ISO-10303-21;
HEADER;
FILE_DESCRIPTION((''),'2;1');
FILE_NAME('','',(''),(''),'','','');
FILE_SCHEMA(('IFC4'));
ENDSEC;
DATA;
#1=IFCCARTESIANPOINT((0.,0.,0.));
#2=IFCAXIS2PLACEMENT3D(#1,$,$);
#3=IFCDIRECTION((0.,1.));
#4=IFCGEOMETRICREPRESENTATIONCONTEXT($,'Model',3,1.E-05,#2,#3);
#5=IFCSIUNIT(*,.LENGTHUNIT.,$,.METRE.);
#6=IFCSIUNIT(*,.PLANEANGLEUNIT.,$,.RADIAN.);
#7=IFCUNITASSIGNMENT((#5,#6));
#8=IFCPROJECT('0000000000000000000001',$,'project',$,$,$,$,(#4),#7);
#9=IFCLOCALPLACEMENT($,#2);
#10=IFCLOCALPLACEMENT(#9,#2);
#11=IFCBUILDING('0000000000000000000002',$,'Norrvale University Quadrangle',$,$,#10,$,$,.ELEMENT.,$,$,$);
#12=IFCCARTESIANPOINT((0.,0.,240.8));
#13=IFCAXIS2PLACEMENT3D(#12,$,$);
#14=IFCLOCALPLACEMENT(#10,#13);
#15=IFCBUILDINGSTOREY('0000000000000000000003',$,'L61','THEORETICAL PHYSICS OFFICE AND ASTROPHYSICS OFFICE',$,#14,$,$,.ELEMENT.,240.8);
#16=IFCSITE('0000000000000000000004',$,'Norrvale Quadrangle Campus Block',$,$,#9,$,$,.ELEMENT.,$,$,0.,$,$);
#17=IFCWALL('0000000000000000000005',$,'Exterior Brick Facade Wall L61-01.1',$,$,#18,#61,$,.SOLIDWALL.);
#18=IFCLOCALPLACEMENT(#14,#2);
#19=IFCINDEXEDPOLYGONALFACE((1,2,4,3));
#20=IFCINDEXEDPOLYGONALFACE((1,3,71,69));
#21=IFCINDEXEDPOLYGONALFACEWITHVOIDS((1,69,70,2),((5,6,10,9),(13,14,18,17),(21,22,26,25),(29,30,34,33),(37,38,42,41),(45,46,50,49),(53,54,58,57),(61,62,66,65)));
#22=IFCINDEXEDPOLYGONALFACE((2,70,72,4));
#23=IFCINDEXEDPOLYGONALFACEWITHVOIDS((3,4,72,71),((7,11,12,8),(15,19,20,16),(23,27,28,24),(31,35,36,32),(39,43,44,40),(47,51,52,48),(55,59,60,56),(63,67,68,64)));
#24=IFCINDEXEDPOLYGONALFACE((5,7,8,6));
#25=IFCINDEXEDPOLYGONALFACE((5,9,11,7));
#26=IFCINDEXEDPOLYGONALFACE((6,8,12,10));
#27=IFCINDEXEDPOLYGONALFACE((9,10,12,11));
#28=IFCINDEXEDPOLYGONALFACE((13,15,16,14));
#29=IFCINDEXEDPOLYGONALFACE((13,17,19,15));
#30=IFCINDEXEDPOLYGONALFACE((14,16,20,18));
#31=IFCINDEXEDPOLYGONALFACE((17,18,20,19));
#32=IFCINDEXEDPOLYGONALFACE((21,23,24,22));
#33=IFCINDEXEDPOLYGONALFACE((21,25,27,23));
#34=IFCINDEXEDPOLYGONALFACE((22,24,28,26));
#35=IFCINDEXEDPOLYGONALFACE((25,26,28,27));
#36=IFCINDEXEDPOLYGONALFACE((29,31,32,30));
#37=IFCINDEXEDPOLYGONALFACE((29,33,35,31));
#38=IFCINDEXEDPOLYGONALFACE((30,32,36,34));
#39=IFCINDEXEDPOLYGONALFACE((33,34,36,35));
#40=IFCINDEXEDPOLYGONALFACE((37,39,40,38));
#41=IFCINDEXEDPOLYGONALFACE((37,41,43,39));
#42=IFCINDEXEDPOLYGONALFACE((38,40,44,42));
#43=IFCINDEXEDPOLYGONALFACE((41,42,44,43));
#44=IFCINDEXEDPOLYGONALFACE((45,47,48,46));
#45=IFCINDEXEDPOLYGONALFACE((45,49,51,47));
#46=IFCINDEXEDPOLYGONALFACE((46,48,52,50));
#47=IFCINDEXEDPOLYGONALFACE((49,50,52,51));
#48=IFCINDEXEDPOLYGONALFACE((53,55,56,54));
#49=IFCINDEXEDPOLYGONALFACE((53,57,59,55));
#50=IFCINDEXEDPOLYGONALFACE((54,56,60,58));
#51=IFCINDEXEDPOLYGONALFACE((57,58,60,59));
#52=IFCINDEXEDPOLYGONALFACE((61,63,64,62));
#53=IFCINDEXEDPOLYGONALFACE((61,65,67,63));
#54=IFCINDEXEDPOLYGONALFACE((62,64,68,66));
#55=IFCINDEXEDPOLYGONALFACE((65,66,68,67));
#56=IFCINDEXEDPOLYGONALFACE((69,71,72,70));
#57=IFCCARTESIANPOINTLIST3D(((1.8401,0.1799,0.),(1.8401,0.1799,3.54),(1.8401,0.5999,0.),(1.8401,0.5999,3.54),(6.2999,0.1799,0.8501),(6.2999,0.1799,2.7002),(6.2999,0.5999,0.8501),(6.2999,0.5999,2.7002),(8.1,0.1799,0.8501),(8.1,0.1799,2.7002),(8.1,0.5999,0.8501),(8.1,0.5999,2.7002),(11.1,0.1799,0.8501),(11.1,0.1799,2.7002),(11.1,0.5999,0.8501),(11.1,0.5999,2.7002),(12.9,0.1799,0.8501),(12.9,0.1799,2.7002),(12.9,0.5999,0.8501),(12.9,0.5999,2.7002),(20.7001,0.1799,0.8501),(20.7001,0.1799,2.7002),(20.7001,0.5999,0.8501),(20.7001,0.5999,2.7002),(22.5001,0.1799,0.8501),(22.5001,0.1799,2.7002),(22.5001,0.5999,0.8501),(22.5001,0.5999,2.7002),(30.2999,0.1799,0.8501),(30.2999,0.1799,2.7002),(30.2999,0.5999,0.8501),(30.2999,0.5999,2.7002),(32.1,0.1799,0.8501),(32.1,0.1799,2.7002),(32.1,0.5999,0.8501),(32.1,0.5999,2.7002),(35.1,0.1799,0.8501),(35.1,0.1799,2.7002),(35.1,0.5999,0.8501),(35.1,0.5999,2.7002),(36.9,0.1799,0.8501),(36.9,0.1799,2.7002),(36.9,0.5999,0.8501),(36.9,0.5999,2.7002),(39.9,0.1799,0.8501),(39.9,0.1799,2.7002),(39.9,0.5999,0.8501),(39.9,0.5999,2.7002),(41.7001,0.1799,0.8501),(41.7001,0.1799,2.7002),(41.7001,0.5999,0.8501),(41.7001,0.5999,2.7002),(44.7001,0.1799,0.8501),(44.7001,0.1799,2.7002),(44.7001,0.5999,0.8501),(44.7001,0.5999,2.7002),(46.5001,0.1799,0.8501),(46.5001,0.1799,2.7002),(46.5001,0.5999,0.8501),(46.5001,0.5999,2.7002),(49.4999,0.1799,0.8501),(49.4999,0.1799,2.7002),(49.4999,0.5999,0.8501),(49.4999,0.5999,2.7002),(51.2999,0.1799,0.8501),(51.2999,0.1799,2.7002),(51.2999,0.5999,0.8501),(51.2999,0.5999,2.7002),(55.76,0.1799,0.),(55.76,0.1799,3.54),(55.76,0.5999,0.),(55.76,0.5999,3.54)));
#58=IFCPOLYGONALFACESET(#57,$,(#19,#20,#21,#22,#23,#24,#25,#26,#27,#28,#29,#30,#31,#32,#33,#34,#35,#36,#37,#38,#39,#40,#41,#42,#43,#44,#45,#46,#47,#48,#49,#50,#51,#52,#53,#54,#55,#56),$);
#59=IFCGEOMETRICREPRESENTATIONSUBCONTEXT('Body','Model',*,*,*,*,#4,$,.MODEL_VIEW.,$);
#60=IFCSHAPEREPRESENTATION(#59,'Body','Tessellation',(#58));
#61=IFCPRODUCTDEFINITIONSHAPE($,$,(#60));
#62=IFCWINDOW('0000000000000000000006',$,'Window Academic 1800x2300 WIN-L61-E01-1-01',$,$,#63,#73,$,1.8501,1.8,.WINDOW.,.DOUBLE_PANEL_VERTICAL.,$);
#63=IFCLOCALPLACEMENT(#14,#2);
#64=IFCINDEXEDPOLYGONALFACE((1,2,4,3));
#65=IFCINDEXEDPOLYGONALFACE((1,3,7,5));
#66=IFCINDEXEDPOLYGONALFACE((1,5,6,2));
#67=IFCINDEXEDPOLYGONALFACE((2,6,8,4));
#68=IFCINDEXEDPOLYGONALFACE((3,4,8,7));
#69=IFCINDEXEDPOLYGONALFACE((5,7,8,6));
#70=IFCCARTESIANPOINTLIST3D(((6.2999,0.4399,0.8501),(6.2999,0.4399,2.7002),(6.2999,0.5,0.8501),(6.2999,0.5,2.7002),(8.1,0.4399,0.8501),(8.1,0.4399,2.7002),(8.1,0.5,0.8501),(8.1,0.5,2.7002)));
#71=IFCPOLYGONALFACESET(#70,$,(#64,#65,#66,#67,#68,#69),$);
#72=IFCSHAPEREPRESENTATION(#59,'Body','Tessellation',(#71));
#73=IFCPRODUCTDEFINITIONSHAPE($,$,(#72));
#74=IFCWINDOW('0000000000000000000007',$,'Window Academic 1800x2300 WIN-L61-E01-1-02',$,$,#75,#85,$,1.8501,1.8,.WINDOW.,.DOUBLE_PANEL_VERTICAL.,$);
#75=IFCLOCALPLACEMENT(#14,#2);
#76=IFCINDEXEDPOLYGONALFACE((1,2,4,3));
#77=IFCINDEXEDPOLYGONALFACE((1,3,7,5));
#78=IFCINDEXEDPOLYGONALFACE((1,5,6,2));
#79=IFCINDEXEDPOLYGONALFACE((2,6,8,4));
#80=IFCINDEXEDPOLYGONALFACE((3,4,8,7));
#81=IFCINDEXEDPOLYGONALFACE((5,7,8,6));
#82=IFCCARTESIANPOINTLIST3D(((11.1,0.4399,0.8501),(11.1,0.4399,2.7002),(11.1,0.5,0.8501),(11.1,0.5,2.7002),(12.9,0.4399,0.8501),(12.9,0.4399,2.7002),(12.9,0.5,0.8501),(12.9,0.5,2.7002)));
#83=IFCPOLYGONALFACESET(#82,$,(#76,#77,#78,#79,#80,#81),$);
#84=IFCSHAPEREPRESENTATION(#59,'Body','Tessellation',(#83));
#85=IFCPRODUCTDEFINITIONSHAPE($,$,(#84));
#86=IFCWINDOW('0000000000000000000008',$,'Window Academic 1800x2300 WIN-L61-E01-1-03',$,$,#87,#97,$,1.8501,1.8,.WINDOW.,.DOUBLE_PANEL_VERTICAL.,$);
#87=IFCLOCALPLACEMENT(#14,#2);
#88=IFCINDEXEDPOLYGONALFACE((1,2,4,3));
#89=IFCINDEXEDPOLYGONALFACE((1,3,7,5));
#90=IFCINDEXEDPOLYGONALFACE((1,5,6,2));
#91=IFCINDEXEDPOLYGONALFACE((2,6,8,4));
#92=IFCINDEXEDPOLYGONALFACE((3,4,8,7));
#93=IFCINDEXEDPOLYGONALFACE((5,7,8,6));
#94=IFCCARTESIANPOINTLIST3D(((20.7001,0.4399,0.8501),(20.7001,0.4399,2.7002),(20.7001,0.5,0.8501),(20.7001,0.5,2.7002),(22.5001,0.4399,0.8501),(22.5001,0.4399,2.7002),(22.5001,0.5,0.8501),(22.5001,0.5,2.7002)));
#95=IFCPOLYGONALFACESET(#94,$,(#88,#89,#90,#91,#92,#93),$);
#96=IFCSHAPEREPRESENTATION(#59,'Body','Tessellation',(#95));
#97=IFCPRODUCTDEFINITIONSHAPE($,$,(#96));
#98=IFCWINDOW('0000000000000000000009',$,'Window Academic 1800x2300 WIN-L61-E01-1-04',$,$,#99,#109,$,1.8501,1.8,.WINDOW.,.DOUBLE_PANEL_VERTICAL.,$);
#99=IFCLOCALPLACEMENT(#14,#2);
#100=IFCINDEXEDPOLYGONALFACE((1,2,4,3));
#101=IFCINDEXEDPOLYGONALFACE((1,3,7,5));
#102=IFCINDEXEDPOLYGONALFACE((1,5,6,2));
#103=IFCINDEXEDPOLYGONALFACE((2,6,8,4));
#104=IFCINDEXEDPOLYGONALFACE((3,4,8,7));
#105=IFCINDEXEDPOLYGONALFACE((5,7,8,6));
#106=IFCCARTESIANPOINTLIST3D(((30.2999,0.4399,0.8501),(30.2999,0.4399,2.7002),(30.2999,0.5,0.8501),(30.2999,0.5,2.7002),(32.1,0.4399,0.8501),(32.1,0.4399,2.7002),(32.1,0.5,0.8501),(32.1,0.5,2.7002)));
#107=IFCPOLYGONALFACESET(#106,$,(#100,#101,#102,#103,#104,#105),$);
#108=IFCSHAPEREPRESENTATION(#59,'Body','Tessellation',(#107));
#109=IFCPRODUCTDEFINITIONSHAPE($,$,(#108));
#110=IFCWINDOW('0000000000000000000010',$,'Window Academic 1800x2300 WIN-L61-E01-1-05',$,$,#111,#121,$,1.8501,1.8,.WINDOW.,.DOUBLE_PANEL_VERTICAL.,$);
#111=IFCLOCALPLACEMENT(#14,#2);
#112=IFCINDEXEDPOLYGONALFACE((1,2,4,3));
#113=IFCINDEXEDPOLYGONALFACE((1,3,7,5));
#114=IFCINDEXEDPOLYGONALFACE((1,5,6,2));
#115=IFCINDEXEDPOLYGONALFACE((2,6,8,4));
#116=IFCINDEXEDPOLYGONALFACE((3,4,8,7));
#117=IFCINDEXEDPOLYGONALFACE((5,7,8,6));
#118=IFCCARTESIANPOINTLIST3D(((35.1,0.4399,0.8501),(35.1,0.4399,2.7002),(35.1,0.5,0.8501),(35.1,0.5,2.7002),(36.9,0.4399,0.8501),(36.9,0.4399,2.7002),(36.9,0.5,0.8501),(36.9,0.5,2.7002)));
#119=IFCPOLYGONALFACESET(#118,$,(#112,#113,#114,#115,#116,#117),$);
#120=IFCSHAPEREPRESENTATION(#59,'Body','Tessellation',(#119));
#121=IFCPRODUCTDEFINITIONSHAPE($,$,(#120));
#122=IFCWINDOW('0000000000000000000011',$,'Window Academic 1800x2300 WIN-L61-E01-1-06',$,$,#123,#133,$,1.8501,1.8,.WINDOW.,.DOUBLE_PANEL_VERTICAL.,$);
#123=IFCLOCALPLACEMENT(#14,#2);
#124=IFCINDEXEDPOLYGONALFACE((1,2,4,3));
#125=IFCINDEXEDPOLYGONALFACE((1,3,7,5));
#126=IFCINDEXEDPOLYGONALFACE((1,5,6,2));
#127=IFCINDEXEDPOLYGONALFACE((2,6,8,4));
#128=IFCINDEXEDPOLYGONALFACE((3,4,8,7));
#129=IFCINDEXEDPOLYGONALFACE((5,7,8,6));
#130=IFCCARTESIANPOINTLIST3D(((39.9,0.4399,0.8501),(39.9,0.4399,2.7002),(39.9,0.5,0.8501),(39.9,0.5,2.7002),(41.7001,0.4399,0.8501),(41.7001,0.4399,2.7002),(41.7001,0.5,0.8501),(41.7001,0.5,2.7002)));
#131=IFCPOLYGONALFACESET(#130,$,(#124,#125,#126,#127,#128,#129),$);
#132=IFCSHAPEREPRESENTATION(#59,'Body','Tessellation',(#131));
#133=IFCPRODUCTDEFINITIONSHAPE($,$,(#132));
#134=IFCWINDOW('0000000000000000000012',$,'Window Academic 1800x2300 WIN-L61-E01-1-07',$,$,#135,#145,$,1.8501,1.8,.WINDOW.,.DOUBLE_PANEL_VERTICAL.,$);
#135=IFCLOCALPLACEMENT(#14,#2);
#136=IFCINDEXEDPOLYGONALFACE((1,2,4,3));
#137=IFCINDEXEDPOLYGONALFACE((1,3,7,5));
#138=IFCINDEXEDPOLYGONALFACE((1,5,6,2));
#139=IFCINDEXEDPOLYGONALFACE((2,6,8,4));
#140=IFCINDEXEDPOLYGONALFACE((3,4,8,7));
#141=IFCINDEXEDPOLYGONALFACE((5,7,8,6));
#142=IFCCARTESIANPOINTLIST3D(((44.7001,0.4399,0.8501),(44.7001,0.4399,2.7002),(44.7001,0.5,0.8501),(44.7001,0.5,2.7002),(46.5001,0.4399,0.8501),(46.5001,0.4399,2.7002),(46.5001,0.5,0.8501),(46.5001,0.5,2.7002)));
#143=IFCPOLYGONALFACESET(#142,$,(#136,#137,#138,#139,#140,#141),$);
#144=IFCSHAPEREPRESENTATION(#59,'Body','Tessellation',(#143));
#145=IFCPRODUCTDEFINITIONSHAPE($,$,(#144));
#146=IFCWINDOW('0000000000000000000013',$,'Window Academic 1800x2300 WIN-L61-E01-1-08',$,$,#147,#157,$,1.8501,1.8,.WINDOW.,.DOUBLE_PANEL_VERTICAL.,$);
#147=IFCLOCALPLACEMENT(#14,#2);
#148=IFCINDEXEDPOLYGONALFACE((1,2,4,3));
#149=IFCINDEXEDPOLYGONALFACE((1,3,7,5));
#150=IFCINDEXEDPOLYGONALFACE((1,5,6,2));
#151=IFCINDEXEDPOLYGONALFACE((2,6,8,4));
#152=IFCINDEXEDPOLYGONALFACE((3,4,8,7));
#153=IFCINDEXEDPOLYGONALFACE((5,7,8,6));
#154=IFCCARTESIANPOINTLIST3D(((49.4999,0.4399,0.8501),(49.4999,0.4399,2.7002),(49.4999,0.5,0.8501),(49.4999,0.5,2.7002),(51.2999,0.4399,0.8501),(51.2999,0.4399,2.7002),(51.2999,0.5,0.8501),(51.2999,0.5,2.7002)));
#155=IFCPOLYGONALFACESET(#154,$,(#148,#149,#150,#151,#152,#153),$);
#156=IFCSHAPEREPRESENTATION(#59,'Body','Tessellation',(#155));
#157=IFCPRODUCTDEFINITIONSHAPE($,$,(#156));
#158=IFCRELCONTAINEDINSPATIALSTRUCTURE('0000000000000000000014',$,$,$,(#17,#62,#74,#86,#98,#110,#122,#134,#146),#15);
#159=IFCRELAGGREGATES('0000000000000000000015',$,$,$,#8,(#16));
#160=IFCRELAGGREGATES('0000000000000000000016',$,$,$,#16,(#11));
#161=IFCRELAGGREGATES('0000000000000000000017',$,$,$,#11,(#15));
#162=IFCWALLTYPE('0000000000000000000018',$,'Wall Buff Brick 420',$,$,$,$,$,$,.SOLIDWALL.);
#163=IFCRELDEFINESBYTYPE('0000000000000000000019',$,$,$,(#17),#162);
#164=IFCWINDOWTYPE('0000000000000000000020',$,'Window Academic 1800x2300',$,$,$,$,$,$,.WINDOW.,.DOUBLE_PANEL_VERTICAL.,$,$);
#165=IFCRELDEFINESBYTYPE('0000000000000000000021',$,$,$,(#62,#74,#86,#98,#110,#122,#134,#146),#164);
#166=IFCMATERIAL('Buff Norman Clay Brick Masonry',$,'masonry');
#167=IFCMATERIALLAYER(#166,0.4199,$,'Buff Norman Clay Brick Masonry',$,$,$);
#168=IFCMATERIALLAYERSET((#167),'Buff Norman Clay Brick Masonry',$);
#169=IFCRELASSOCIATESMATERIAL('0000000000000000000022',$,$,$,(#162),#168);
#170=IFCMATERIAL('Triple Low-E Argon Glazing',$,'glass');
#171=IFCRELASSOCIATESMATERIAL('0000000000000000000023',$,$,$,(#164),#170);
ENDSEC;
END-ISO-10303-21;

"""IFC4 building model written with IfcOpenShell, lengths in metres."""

from ifc_helpers import new_model, si_unit, direction, frame, frame_2d, origin, place, context, subcontext, project, spatial, rectangle, extrude, material, layer, layer_set, type_object, element, fill, save


model = new_model("IFC4")

# Units and contexts
model_context = context("Model", 3, precision=1e-05, world=origin(), true_north=direction((0.0, 1.0)))
body_context = subcontext(model_context, "Body", "Model", "MODEL_VIEW")
ifc_project = project(units=[si_unit("LENGTHUNIT", "METRE"), si_unit("PLANEANGLEUNIT", "RADIAN")], contexts=[model_context])

# Site, building, storey
site_placement = place(None, origin())
site = spatial("IfcSite", under=ifc_project, at=site_placement, Name="Norrvale Quadrangle Campus Block", CompositionType="ELEMENT", RefElevation=0.0)
building_placement = place(site_placement, origin())
building = spatial("IfcBuilding", under=site, at=building_placement, Name="Norrvale University Quadrangle", CompositionType="ELEMENT")
storey_placement = place(building_placement, frame((0.0, 0.0, 240.8)))
storey = spatial("IfcBuildingStorey", under=building, at=storey_placement, Name="L61", Description="THEORETICAL PHYSICS OFFICE AND ASTROPHYSICS OFFICE", CompositionType="ELEMENT", Elevation=240.8)

# Wall, openings, windows
ifc_material_1 = material(Name="Buff Norman Clay Brick Masonry", Category="masonry")
ifc_layer_1 = layer(ifc_material_1, 0.4199, Name="Buff Norman Clay Brick Masonry")
ifc_layer_set_1 = layer_set([ifc_layer_1], Name="Buff Norman Clay Brick Masonry")
wall_type_1 = type_object("IfcWallType", Name="Wall Buff Brick 420", PredefinedType="SOLIDWALL", material=ifc_layer_set_1)
wall_1_placement = place(storey_placement, frame((1.8401, 0.3899, 0.0), z_axis=(0.0, 0.0, 1.0), x_axis=(1.0, 0.0, 0.0)))
wall_1 = element("IfcWall", 1, at=wall_1_placement, inside=storey, type_object=wall_type_1, Name="Exterior Brick Facade Wall L61-01.1", PredefinedType="SOLIDWALL", context=body_context, shape_type="SweptSolid", body=[
    extrude(rectangle(XDim=53.9199, YDim=0.4199, at=frame_2d((26.96, 0.0))), origin(), (0.0, 0.0, 1.0), 3.54),
])
opening_1_placement = place(wall_1_placement, frame((4.46, 0.0, 0.8501)))
opening_1 = element("IfcOpeningElement", 2, at=opening_1_placement, cuts=wall_1, PredefinedType="OPENING", context=body_context, shape_type="SweptSolid", body=[
    extrude(rectangle(XDim=1.8, YDim=1.8501, at=frame_2d((0.8999, 0.925))), frame((0.0, 0.2219, 0.0), z_axis=(0.0, -1.0, 0.0), x_axis=(1.0, 0.0, 0.0)), (0.0, 0.0, 1.0), 0.4438),
])
opening_2_placement = place(wall_1_placement, frame((9.26, 0.0, 0.8501)))
opening_2 = element("IfcOpeningElement", 3, at=opening_2_placement, cuts=wall_1, PredefinedType="OPENING", context=body_context, shape_type="SweptSolid", body=[
    extrude(rectangle(XDim=1.8, YDim=1.8501, at=frame_2d((0.8999, 0.925))), frame((0.0, 0.2219, 0.0), z_axis=(0.0, -1.0, 0.0), x_axis=(1.0, 0.0, 0.0)), (0.0, 0.0, 1.0), 0.4438),
])
opening_3_placement = place(wall_1_placement, frame((18.8601, 0.0, 0.8501)))
opening_3 = element("IfcOpeningElement", 4, at=opening_3_placement, cuts=wall_1, PredefinedType="OPENING", context=body_context, shape_type="SweptSolid", body=[
    extrude(rectangle(XDim=1.8, YDim=1.8501, at=frame_2d((0.8999, 0.925))), frame((0.0, 0.2219, 0.0), z_axis=(0.0, -1.0, 0.0), x_axis=(1.0, 0.0, 0.0)), (0.0, 0.0, 1.0), 0.4438),
])
opening_4_placement = place(wall_1_placement, frame((28.46, 0.0, 0.8501)))
opening_4 = element("IfcOpeningElement", 5, at=opening_4_placement, cuts=wall_1, PredefinedType="OPENING", context=body_context, shape_type="SweptSolid", body=[
    extrude(rectangle(XDim=1.8, YDim=1.8501, at=frame_2d((0.8999, 0.925))), frame((0.0, 0.2219, 0.0), z_axis=(0.0, -1.0, 0.0), x_axis=(1.0, 0.0, 0.0)), (0.0, 0.0, 1.0), 0.4438),
])
opening_5_placement = place(wall_1_placement, frame((33.26, 0.0, 0.8501)))
opening_5 = element("IfcOpeningElement", 6, at=opening_5_placement, cuts=wall_1, PredefinedType="OPENING", context=body_context, shape_type="SweptSolid", body=[
    extrude(rectangle(XDim=1.8, YDim=1.8501, at=frame_2d((0.8999, 0.925))), frame((0.0, 0.2219, 0.0), z_axis=(0.0, -1.0, 0.0), x_axis=(1.0, 0.0, 0.0)), (0.0, 0.0, 1.0), 0.4438),
])
opening_6_placement = place(wall_1_placement, frame((38.0601, 0.0, 0.8501)))
opening_6 = element("IfcOpeningElement", 7, at=opening_6_placement, cuts=wall_1, PredefinedType="OPENING", context=body_context, shape_type="SweptSolid", body=[
    extrude(rectangle(XDim=1.8, YDim=1.8501, at=frame_2d((0.8999, 0.925))), frame((0.0, 0.2219, 0.0), z_axis=(0.0, -1.0, 0.0), x_axis=(1.0, 0.0, 0.0)), (0.0, 0.0, 1.0), 0.4438),
])
opening_7_placement = place(wall_1_placement, frame((42.8601, 0.0, 0.8501)))
opening_7 = element("IfcOpeningElement", 8, at=opening_7_placement, cuts=wall_1, PredefinedType="OPENING", context=body_context, shape_type="SweptSolid", body=[
    extrude(rectangle(XDim=1.8, YDim=1.8501, at=frame_2d((0.8999, 0.925))), frame((0.0, 0.2219, 0.0), z_axis=(0.0, -1.0, 0.0), x_axis=(1.0, 0.0, 0.0)), (0.0, 0.0, 1.0), 0.4438),
])
opening_8_placement = place(wall_1_placement, frame((47.6599, 0.0, 0.8501)))
opening_8 = element("IfcOpeningElement", 9, at=opening_8_placement, cuts=wall_1, PredefinedType="OPENING", context=body_context, shape_type="SweptSolid", body=[
    extrude(rectangle(XDim=1.8, YDim=1.8501, at=frame_2d((0.8999, 0.925))), frame((0.0, 0.2219, 0.0), z_axis=(0.0, -1.0, 0.0), x_axis=(1.0, 0.0, 0.0)), (0.0, 0.0, 1.0), 0.4438),
])
ifc_material_2 = material(Name="Triple Low-E Argon Glazing", Category="glass")
window_type = type_object("IfcWindowType", Name="Window Academic 1800x2300", PartitioningType="DOUBLE_PANEL_VERTICAL", PredefinedType="WINDOW", material=ifc_material_2)
window_1_placement = place(opening_1_placement, origin())
window_1 = element("IfcWindow", 10, at=window_1_placement, inside=storey, type_object=window_type, Name="Window Academic 1800x2300 WIN-L61-E01-1-01", OverallHeight=1.8501, OverallWidth=1.8, PartitioningType="DOUBLE_PANEL_VERTICAL", PredefinedType="WINDOW", context=body_context, shape_type="SweptSolid", body=[
    extrude(rectangle(XDim=1.8, YDim=1.8501, at=frame_2d((0.8999, 0.925))), frame((0.0, 0.1101, 0.0), z_axis=(0.0, -1.0, 0.0), x_axis=(1.0, 0.0, 0.0)), (0.0, 0.0, 1.0), 0.0601),
])
fill(opening_1, window_1)
window_2_placement = place(opening_2_placement, origin())
window_2 = element("IfcWindow", 11, at=window_2_placement, inside=storey, type_object=window_type, Name="Window Academic 1800x2300 WIN-L61-E01-1-02", OverallHeight=1.8501, OverallWidth=1.8, PartitioningType="DOUBLE_PANEL_VERTICAL", PredefinedType="WINDOW", context=body_context, shape_type="SweptSolid", body=[
    extrude(rectangle(XDim=1.8, YDim=1.8501, at=frame_2d((0.8999, 0.925))), frame((0.0, 0.1101, 0.0), z_axis=(0.0, -1.0, 0.0), x_axis=(1.0, 0.0, 0.0)), (0.0, 0.0, 1.0), 0.0601),
])
fill(opening_2, window_2)
window_3_placement = place(opening_3_placement, origin())
window_3 = element("IfcWindow", 12, at=window_3_placement, inside=storey, type_object=window_type, Name="Window Academic 1800x2300 WIN-L61-E01-1-03", OverallHeight=1.8501, OverallWidth=1.8, PartitioningType="DOUBLE_PANEL_VERTICAL", PredefinedType="WINDOW", context=body_context, shape_type="SweptSolid", body=[
    extrude(rectangle(XDim=1.8, YDim=1.8501, at=frame_2d((0.8999, 0.925))), frame((0.0, 0.1101, 0.0), z_axis=(0.0, -1.0, 0.0), x_axis=(1.0, 0.0, 0.0)), (0.0, 0.0, 1.0), 0.0601),
])
fill(opening_3, window_3)
window_4_placement = place(opening_4_placement, origin())
window_4 = element("IfcWindow", 13, at=window_4_placement, inside=storey, type_object=window_type, Name="Window Academic 1800x2300 WIN-L61-E01-1-04", OverallHeight=1.8501, OverallWidth=1.8, PartitioningType="DOUBLE_PANEL_VERTICAL", PredefinedType="WINDOW", context=body_context, shape_type="SweptSolid", body=[
    extrude(rectangle(XDim=1.8, YDim=1.8501, at=frame_2d((0.8999, 0.925))), frame((0.0, 0.1101, 0.0), z_axis=(0.0, -1.0, 0.0), x_axis=(1.0, 0.0, 0.0)), (0.0, 0.0, 1.0), 0.0601),
])
fill(opening_4, window_4)
window_5_placement = place(opening_5_placement, origin())
window_5 = element("IfcWindow", 14, at=window_5_placement, inside=storey, type_object=window_type, Name="Window Academic 1800x2300 WIN-L61-E01-1-05", OverallHeight=1.8501, OverallWidth=1.8, PartitioningType="DOUBLE_PANEL_VERTICAL", PredefinedType="WINDOW", context=body_context, shape_type="SweptSolid", body=[
    extrude(rectangle(XDim=1.8, YDim=1.8501, at=frame_2d((0.8999, 0.925))), frame((0.0, 0.1101, 0.0), z_axis=(0.0, -1.0, 0.0), x_axis=(1.0, 0.0, 0.0)), (0.0, 0.0, 1.0), 0.0601),
])
fill(opening_5, window_5)
window_6_placement = place(opening_6_placement, origin())
window_6 = element("IfcWindow", 15, at=window_6_placement, inside=storey, type_object=window_type, Name="Window Academic 1800x2300 WIN-L61-E01-1-06", OverallHeight=1.8501, OverallWidth=1.8, PartitioningType="DOUBLE_PANEL_VERTICAL", PredefinedType="WINDOW", context=body_context, shape_type="SweptSolid", body=[
    extrude(rectangle(XDim=1.8, YDim=1.8501, at=frame_2d((0.8999, 0.925))), frame((0.0, 0.1101, 0.0), z_axis=(0.0, -1.0, 0.0), x_axis=(1.0, 0.0, 0.0)), (0.0, 0.0, 1.0), 0.0601),
])
fill(opening_6, window_6)
window_7_placement = place(opening_7_placement, origin())
window_7 = element("IfcWindow", 16, at=window_7_placement, inside=storey, type_object=window_type, Name="Window Academic 1800x2300 WIN-L61-E01-1-07", OverallHeight=1.8501, OverallWidth=1.8, PartitioningType="DOUBLE_PANEL_VERTICAL", PredefinedType="WINDOW", context=body_context, shape_type="SweptSolid", body=[
    extrude(rectangle(XDim=1.8, YDim=1.8501, at=frame_2d((0.8999, 0.925))), frame((0.0, 0.1101, 0.0), z_axis=(0.0, -1.0, 0.0), x_axis=(1.0, 0.0, 0.0)), (0.0, 0.0, 1.0), 0.0601),
])
fill(opening_7, window_7)
window_8_placement = place(opening_8_placement, origin())
window_8 = element("IfcWindow", 17, at=window_8_placement, inside=storey, type_object=window_type, Name="Window Academic 1800x2300 WIN-L61-E01-1-08", OverallHeight=1.8501, OverallWidth=1.8, PartitioningType="DOUBLE_PANEL_VERTICAL", PredefinedType="WINDOW", context=body_context, shape_type="SweptSolid", body=[
    extrude(rectangle(XDim=1.8, YDim=1.8501, at=frame_2d((0.8999, 0.925))), frame((0.0, 0.1101, 0.0), z_axis=(0.0, -1.0, 0.0), x_axis=(1.0, 0.0, 0.0)), (0.0, 0.0, 1.0), 0.0601),
])
fill(opening_8, window_8)

save(model, "model.ifc")
